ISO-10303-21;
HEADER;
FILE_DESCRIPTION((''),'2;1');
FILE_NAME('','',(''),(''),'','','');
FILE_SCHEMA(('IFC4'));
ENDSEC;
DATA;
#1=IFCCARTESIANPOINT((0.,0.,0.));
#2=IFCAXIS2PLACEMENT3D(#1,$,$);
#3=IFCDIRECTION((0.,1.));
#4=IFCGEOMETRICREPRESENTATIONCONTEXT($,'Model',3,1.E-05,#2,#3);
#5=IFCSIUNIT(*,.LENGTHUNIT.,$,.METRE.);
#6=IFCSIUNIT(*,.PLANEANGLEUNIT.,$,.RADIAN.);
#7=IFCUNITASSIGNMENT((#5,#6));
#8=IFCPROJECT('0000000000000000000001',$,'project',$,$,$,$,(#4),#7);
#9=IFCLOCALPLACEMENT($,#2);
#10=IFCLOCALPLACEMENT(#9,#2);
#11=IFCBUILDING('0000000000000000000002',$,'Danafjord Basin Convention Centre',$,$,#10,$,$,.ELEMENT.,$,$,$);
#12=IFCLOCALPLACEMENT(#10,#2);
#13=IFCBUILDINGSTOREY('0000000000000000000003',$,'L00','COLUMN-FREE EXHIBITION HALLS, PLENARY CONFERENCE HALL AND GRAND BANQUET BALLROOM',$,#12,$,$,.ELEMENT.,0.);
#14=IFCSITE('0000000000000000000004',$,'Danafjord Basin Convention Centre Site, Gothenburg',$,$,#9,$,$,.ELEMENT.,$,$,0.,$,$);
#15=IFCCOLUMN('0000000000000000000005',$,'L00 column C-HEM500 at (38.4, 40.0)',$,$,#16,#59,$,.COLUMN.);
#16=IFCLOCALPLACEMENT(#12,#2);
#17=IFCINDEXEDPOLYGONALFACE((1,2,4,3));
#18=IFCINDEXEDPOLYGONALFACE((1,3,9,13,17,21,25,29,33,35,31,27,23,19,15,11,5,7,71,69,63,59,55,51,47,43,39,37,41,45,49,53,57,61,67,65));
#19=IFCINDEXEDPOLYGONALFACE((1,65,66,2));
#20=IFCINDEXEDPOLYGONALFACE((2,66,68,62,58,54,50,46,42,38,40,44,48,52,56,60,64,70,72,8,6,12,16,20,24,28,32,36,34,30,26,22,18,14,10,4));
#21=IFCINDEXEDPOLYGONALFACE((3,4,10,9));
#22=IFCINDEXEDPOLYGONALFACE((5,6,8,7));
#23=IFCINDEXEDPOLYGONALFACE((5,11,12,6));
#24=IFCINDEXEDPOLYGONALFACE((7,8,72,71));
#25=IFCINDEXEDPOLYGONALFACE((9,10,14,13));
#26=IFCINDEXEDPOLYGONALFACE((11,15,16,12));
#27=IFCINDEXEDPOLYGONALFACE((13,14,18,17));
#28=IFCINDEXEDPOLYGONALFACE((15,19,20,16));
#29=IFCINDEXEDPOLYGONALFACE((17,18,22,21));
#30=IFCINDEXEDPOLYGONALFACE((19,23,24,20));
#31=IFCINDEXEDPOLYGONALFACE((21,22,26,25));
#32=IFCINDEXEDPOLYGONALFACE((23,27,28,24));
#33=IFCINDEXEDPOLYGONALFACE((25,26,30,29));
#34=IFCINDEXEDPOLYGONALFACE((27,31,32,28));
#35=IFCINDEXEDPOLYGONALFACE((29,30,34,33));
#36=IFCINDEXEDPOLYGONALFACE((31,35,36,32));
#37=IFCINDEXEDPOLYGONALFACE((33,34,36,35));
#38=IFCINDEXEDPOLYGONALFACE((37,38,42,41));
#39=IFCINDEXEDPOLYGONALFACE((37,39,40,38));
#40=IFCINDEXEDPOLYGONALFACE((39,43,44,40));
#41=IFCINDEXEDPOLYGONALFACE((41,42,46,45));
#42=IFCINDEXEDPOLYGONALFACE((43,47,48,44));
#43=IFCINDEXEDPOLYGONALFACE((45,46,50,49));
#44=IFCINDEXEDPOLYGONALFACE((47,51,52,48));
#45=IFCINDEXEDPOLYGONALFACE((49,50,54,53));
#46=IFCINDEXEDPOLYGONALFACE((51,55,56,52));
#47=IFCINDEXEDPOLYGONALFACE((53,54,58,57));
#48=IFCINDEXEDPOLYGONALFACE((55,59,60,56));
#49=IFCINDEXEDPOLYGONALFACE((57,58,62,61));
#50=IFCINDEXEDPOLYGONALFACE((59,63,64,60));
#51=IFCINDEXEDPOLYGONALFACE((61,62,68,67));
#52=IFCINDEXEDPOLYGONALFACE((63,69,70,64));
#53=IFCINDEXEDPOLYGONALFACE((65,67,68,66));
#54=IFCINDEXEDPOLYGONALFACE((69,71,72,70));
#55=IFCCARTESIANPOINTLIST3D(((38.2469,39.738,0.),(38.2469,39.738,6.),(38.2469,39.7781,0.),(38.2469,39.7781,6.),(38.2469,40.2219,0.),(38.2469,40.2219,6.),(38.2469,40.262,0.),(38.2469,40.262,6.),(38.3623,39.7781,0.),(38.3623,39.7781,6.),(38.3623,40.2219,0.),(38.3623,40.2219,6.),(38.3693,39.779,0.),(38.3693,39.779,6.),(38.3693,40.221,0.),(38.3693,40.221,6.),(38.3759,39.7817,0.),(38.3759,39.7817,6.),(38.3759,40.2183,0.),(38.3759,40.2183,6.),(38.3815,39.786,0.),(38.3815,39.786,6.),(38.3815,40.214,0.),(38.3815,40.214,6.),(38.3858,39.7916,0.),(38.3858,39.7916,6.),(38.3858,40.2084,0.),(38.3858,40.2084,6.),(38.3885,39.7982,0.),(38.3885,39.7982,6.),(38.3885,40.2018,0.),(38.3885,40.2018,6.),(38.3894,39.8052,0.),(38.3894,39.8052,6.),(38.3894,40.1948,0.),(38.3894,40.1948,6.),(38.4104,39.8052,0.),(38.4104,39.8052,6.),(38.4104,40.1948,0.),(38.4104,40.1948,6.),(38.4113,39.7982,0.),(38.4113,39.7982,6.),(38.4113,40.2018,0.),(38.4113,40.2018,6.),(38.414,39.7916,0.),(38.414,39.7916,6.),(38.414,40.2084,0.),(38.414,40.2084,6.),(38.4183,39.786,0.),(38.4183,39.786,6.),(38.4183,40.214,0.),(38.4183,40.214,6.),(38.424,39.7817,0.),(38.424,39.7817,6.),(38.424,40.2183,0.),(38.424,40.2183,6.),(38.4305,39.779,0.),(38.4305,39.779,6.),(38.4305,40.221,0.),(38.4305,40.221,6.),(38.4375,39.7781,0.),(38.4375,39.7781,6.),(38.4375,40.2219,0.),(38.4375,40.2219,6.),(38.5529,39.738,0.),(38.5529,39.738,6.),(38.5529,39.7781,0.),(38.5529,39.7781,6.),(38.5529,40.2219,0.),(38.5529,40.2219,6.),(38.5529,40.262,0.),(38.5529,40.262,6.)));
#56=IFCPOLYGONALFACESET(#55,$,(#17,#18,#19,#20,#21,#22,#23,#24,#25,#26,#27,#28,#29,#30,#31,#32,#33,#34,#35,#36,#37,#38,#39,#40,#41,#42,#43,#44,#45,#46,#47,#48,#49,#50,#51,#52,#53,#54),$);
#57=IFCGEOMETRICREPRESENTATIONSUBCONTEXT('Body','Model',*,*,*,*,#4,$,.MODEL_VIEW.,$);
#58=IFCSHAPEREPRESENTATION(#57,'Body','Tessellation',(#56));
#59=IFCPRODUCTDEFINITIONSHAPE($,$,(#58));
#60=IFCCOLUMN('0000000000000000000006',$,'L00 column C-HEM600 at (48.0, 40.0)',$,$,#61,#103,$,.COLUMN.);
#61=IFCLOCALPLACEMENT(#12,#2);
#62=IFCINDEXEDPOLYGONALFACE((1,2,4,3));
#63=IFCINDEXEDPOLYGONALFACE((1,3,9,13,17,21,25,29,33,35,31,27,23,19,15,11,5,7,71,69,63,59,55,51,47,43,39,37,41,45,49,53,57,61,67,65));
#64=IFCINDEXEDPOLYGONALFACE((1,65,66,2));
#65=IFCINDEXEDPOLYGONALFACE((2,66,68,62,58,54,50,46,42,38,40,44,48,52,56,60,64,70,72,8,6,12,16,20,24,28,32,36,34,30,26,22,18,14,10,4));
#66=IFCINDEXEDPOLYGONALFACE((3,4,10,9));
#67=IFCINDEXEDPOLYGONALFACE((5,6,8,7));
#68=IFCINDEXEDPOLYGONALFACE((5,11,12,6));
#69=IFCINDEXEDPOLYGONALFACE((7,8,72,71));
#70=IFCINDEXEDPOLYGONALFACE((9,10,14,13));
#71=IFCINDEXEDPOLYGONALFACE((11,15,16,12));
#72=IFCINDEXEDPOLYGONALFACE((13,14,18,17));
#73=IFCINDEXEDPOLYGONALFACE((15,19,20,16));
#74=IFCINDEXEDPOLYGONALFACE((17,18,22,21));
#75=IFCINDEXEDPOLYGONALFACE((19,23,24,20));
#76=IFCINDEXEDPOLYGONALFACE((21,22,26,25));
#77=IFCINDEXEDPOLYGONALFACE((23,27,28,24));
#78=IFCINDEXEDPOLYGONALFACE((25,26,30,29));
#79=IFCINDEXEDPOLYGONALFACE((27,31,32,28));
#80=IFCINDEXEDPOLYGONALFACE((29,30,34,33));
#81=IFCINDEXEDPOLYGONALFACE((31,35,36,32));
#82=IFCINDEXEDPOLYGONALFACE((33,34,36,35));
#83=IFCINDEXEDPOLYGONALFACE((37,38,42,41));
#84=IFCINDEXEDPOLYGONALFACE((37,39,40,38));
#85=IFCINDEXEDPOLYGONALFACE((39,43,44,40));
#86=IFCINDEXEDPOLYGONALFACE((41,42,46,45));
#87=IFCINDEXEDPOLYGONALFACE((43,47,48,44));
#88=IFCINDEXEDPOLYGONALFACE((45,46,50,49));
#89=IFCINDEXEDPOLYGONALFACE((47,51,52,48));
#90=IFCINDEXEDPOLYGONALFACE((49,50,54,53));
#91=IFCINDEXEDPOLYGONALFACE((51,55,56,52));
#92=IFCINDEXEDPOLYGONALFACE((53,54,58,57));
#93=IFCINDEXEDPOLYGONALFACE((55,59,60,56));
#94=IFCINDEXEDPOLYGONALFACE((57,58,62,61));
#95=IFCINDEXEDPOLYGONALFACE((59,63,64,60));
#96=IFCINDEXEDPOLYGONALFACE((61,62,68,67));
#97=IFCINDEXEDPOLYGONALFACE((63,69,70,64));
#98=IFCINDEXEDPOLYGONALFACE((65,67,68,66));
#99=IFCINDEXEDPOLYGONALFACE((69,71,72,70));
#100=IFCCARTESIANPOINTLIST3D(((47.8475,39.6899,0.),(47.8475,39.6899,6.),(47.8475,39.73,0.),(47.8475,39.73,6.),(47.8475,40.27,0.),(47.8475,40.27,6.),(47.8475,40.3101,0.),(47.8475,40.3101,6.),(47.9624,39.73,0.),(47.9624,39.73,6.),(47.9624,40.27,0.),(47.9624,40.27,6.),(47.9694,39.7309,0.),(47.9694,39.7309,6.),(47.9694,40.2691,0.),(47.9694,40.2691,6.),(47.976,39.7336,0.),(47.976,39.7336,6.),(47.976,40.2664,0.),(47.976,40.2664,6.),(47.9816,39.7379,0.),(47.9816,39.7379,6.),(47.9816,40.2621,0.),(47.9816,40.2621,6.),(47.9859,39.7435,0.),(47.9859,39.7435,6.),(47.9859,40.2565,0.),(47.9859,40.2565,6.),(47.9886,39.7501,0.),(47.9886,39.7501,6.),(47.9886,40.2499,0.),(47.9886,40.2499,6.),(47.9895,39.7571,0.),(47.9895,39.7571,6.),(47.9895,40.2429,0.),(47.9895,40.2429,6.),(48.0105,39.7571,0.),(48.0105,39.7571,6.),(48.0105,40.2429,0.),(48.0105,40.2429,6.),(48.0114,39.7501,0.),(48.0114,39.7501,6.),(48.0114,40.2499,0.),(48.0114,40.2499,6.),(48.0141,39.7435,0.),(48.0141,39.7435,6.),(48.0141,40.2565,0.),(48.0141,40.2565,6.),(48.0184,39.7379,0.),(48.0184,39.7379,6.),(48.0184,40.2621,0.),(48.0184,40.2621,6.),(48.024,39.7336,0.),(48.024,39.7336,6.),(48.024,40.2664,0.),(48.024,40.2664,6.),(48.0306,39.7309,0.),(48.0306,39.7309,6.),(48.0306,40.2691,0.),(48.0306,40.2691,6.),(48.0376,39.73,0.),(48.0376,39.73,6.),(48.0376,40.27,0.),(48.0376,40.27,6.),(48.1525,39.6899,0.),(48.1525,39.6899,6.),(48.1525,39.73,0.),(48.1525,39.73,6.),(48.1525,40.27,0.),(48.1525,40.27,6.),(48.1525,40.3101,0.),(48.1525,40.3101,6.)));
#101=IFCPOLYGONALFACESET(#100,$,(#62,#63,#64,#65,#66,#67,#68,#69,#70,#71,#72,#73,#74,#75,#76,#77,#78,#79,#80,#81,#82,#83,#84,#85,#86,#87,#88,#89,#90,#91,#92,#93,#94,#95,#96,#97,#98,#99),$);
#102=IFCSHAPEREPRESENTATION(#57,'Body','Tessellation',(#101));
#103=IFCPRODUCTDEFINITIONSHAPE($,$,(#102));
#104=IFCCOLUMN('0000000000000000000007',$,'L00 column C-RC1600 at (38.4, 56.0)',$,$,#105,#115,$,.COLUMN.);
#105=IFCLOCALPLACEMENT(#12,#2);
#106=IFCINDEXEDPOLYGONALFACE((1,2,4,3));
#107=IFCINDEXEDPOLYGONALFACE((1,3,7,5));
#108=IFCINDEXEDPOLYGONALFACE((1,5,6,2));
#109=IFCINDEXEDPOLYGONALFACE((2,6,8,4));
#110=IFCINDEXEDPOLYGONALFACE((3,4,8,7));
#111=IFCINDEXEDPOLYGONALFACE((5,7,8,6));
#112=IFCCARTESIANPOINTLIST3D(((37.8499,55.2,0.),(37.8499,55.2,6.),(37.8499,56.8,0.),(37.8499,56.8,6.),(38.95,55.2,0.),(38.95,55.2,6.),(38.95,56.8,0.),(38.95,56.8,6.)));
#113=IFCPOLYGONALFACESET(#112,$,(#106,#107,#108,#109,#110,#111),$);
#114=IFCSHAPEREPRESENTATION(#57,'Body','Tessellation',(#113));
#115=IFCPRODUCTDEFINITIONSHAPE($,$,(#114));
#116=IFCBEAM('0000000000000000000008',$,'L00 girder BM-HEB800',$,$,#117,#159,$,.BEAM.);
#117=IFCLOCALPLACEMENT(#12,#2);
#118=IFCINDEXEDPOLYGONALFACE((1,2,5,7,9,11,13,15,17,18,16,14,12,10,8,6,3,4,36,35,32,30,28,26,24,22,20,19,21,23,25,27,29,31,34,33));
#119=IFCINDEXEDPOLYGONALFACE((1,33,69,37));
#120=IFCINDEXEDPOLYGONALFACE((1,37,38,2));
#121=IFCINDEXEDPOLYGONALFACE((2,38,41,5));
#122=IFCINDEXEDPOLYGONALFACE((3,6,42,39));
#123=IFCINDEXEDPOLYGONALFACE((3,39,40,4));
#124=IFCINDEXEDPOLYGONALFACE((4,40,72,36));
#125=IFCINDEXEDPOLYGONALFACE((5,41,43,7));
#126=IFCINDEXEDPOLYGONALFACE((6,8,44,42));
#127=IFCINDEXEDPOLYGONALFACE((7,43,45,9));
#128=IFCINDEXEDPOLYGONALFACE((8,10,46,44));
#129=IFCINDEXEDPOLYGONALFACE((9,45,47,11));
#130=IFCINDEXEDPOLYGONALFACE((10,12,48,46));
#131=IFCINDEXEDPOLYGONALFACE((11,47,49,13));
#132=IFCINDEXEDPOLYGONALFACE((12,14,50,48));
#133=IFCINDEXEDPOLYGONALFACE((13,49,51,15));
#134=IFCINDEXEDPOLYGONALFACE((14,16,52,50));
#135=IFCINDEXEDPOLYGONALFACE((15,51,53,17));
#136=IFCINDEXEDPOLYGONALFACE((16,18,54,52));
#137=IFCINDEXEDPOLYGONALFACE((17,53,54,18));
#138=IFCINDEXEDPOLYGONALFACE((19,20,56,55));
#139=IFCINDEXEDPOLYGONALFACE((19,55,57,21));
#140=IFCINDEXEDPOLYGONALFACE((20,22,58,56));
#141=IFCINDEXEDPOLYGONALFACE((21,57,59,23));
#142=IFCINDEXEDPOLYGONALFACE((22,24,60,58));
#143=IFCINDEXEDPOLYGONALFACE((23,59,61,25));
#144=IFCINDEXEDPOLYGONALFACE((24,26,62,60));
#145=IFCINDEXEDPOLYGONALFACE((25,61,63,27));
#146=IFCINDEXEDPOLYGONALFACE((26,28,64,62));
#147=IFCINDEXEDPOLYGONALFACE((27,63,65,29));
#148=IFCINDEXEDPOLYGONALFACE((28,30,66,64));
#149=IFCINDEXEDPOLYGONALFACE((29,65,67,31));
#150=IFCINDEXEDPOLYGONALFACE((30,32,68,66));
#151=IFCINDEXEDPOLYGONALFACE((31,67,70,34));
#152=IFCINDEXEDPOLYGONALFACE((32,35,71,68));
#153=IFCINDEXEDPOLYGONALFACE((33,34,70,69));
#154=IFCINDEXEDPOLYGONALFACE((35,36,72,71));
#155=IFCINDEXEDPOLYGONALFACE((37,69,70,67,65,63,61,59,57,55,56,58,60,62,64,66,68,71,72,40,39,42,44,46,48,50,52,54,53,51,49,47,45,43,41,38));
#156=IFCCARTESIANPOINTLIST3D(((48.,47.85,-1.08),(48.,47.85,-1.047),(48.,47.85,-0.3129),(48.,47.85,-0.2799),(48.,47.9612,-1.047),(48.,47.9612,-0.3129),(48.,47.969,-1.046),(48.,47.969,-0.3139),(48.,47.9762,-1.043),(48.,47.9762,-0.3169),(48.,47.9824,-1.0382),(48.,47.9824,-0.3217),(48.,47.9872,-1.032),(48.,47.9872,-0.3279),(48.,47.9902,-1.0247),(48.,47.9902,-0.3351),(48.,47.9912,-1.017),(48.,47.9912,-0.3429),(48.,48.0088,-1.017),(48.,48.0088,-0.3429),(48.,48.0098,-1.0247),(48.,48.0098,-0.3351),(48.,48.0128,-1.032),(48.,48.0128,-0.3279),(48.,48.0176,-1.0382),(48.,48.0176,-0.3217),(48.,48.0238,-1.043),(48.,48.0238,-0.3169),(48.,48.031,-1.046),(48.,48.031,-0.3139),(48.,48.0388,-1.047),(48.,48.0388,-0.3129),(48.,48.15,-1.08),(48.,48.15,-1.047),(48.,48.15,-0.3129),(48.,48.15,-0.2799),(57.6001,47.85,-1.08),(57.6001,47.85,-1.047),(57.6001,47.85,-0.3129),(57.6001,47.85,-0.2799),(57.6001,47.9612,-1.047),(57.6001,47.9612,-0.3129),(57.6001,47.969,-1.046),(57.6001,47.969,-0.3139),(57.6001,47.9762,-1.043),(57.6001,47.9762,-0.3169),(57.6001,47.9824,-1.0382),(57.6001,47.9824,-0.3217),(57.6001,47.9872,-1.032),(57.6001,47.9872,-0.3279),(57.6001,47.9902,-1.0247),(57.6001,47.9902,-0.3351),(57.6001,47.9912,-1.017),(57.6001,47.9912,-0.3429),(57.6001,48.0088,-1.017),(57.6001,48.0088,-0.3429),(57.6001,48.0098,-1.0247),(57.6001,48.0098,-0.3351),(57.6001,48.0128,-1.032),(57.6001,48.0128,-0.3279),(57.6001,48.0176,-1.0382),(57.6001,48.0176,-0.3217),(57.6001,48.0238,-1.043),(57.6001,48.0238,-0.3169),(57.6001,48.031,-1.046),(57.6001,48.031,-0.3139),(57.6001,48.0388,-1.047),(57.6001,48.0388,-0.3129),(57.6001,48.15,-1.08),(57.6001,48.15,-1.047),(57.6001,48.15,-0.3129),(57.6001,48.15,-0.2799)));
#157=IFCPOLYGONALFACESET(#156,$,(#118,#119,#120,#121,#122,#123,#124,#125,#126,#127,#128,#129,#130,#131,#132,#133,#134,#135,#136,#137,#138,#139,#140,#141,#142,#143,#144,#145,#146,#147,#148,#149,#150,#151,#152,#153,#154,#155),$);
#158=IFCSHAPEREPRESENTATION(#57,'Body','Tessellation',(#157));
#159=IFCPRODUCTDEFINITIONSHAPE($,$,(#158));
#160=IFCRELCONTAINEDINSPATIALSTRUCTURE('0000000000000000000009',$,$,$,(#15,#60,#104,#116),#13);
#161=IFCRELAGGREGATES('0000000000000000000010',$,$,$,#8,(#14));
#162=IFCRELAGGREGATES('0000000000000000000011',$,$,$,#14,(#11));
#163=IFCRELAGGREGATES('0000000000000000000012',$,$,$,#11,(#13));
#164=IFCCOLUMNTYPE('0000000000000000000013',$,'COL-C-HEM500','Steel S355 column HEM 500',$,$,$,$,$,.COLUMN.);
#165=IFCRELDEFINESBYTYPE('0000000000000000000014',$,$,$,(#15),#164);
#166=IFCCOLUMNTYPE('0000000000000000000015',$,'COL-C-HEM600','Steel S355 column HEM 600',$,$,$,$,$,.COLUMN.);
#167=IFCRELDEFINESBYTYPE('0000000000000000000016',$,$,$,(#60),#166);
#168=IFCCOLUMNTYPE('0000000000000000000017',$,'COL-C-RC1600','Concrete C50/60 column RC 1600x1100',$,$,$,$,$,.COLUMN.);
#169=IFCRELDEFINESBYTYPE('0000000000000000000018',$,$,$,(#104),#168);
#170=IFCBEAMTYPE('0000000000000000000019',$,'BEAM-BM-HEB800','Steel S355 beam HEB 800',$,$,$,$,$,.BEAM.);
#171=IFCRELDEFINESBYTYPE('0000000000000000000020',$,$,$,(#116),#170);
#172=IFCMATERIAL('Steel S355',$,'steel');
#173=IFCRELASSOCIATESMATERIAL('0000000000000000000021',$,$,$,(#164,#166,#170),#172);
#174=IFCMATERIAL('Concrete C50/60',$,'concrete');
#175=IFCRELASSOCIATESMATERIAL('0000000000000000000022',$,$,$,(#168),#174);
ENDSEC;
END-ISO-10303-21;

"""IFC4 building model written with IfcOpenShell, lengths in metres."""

from ifc_helpers import new_model, si_unit, direction, frame, origin, origin_2d, place, context, subcontext, project, spatial, rectangle, i_section, extrude, material, material_profile, profile_set, type_object, element, save


model = new_model("IFC4")

# Units and contexts
model_context = context("Model", 3, precision=1e-05, world=origin(), true_north=direction((0.0, 1.0)))
body_context = subcontext(model_context, "Body", "Model", "MODEL_VIEW")
ifc_project = project(units=[si_unit("LENGTHUNIT", "METRE"), si_unit("PLANEANGLEUNIT", "RADIAN")], contexts=[model_context])

# Site, building, storey
site_placement = place(None, origin())
site = spatial("IfcSite", under=ifc_project, at=site_placement, Name="Danafjord Basin Convention Centre Site, Gothenburg", CompositionType="ELEMENT", RefElevation=0.0)
building_placement = place(site_placement, origin())
building = spatial("IfcBuilding", under=site, at=building_placement, Name="Danafjord Basin Convention Centre", CompositionType="ELEMENT")
storey_placement = place(building_placement, origin())
storey = spatial("IfcBuildingStorey", under=building, at=storey_placement, Name="L00", Description="COLUMN-FREE EXHIBITION HALLS, PLENARY CONFERENCE HALL AND GRAND BANQUET BALLROOM", CompositionType="ELEMENT", Elevation=0.0)

# Columns
ifc_material_1 = material(Name="Steel S355", Category="steel")
ifc_material_profile_1 = material_profile(ifc_material_1, i_section(OverallWidth=0.3059, OverallDepth=0.5239, WebThickness=0.021, FlangeThickness=0.04, FilletRadius=0.0271, at=origin_2d()), Name="HEM 500")
ifc_profile_set_1 = profile_set([ifc_material_profile_1], Name="Steel S355")
column_type_1 = type_object("IfcColumnType", Name="COL-C-HEM500", Description="Steel S355 column HEM 500", PredefinedType="COLUMN", material=ifc_profile_set_1)
column_1_placement = place(storey_placement, frame((38.3999, 40.0, 0.0), z_axis=(0.0, 0.0, 1.0), x_axis=(1.0, 0.0, 0.0)))
element("IfcColumn", 1, at=column_1_placement, inside=storey, type_object=column_type_1, Name="L00 column C-HEM500 at (38.4, 40.0)", PredefinedType="COLUMN", context=body_context, shape_type="SweptSolid", body=[
    extrude(i_section(OverallWidth=0.3059, OverallDepth=0.5239, WebThickness=0.021, FlangeThickness=0.04, FilletRadius=0.0271, at=origin_2d()), origin(), (0.0, 0.0, 1.0), 6.0),
])
ifc_material_profile_2 = material_profile(ifc_material_1, i_section(OverallWidth=0.3049, OverallDepth=0.6201, WebThickness=0.021, FlangeThickness=0.04, FilletRadius=0.0271, at=origin_2d()), Name="HEM 600")
ifc_profile_set_2 = profile_set([ifc_material_profile_2], Name="Steel S355")
column_type_2 = type_object("IfcColumnType", Name="COL-C-HEM600", Description="Steel S355 column HEM 600", PredefinedType="COLUMN", material=ifc_profile_set_2)
column_2_placement = place(storey_placement, frame((48.0, 40.0, 0.0), z_axis=(0.0, 0.0, 1.0), x_axis=(1.0, 0.0, 0.0)))
element("IfcColumn", 2, at=column_2_placement, inside=storey, type_object=column_type_2, Name="L00 column C-HEM600 at (48.0, 40.0)", PredefinedType="COLUMN", context=body_context, shape_type="SweptSolid", body=[
    extrude(i_section(OverallWidth=0.3049, OverallDepth=0.6201, WebThickness=0.021, FlangeThickness=0.04, FilletRadius=0.0271, at=origin_2d()), origin(), (0.0, 0.0, 1.0), 6.0),
])
ifc_material_2 = material(Name="Concrete C50/60", Category="concrete")
ifc_material_profile_3 = material_profile(ifc_material_2, rectangle(XDim=1.1001, YDim=1.6001, at=origin_2d()), Name="RC 1600x1100")
ifc_profile_set_3 = profile_set([ifc_material_profile_3], Name="Concrete C50/60")
column_type_3 = type_object("IfcColumnType", Name="COL-C-RC1600", Description="Concrete C50/60 column RC 1600x1100", PredefinedType="COLUMN", material=ifc_profile_set_3)
column_3_placement = place(storey_placement, frame((38.3999, 56.0, 0.0), z_axis=(0.0, 0.0, 1.0), x_axis=(1.0, 0.0, 0.0)))
element("IfcColumn", 3, at=column_3_placement, inside=storey, type_object=column_type_3, Name="L00 column C-RC1600 at (38.4, 56.0)", PredefinedType="COLUMN", context=body_context, shape_type="SweptSolid", body=[
    extrude(rectangle(XDim=1.1001, YDim=1.6001, at=origin_2d()), origin(), (0.0, 0.0, 1.0), 6.0),
])

# Beam
ifc_material_profile_4 = material_profile(ifc_material_1, i_section(OverallWidth=0.3, OverallDepth=0.8, WebThickness=0.0176, FlangeThickness=0.033, FilletRadius=0.03, at=origin_2d()), Name="HEB 800")
ifc_profile_set_4 = profile_set([ifc_material_profile_4], Name="Steel S355")
beam_type_1 = type_object("IfcBeamType", Name="BEAM-BM-HEB800", Description="Steel S355 beam HEB 800", PredefinedType="BEAM", material=ifc_profile_set_4)
beam_1_placement = place(storey_placement, frame((48.0, 48.0, -0.6799), z_axis=(1.0, 0.0, 0.0), x_axis=(0.0, 1.0, 0.0)))
element("IfcBeam", 4, at=beam_1_placement, inside=storey, type_object=beam_type_1, Name="L00 girder BM-HEB800", PredefinedType="BEAM", context=body_context, shape_type="SweptSolid", body=[
    extrude(i_section(OverallWidth=0.3, OverallDepth=0.8, WebThickness=0.0176, FlangeThickness=0.033, FilletRadius=0.03, at=origin_2d()), origin(), (0.0, 0.0, 1.0), 9.6001),
])

save(model, "model.ifc")
